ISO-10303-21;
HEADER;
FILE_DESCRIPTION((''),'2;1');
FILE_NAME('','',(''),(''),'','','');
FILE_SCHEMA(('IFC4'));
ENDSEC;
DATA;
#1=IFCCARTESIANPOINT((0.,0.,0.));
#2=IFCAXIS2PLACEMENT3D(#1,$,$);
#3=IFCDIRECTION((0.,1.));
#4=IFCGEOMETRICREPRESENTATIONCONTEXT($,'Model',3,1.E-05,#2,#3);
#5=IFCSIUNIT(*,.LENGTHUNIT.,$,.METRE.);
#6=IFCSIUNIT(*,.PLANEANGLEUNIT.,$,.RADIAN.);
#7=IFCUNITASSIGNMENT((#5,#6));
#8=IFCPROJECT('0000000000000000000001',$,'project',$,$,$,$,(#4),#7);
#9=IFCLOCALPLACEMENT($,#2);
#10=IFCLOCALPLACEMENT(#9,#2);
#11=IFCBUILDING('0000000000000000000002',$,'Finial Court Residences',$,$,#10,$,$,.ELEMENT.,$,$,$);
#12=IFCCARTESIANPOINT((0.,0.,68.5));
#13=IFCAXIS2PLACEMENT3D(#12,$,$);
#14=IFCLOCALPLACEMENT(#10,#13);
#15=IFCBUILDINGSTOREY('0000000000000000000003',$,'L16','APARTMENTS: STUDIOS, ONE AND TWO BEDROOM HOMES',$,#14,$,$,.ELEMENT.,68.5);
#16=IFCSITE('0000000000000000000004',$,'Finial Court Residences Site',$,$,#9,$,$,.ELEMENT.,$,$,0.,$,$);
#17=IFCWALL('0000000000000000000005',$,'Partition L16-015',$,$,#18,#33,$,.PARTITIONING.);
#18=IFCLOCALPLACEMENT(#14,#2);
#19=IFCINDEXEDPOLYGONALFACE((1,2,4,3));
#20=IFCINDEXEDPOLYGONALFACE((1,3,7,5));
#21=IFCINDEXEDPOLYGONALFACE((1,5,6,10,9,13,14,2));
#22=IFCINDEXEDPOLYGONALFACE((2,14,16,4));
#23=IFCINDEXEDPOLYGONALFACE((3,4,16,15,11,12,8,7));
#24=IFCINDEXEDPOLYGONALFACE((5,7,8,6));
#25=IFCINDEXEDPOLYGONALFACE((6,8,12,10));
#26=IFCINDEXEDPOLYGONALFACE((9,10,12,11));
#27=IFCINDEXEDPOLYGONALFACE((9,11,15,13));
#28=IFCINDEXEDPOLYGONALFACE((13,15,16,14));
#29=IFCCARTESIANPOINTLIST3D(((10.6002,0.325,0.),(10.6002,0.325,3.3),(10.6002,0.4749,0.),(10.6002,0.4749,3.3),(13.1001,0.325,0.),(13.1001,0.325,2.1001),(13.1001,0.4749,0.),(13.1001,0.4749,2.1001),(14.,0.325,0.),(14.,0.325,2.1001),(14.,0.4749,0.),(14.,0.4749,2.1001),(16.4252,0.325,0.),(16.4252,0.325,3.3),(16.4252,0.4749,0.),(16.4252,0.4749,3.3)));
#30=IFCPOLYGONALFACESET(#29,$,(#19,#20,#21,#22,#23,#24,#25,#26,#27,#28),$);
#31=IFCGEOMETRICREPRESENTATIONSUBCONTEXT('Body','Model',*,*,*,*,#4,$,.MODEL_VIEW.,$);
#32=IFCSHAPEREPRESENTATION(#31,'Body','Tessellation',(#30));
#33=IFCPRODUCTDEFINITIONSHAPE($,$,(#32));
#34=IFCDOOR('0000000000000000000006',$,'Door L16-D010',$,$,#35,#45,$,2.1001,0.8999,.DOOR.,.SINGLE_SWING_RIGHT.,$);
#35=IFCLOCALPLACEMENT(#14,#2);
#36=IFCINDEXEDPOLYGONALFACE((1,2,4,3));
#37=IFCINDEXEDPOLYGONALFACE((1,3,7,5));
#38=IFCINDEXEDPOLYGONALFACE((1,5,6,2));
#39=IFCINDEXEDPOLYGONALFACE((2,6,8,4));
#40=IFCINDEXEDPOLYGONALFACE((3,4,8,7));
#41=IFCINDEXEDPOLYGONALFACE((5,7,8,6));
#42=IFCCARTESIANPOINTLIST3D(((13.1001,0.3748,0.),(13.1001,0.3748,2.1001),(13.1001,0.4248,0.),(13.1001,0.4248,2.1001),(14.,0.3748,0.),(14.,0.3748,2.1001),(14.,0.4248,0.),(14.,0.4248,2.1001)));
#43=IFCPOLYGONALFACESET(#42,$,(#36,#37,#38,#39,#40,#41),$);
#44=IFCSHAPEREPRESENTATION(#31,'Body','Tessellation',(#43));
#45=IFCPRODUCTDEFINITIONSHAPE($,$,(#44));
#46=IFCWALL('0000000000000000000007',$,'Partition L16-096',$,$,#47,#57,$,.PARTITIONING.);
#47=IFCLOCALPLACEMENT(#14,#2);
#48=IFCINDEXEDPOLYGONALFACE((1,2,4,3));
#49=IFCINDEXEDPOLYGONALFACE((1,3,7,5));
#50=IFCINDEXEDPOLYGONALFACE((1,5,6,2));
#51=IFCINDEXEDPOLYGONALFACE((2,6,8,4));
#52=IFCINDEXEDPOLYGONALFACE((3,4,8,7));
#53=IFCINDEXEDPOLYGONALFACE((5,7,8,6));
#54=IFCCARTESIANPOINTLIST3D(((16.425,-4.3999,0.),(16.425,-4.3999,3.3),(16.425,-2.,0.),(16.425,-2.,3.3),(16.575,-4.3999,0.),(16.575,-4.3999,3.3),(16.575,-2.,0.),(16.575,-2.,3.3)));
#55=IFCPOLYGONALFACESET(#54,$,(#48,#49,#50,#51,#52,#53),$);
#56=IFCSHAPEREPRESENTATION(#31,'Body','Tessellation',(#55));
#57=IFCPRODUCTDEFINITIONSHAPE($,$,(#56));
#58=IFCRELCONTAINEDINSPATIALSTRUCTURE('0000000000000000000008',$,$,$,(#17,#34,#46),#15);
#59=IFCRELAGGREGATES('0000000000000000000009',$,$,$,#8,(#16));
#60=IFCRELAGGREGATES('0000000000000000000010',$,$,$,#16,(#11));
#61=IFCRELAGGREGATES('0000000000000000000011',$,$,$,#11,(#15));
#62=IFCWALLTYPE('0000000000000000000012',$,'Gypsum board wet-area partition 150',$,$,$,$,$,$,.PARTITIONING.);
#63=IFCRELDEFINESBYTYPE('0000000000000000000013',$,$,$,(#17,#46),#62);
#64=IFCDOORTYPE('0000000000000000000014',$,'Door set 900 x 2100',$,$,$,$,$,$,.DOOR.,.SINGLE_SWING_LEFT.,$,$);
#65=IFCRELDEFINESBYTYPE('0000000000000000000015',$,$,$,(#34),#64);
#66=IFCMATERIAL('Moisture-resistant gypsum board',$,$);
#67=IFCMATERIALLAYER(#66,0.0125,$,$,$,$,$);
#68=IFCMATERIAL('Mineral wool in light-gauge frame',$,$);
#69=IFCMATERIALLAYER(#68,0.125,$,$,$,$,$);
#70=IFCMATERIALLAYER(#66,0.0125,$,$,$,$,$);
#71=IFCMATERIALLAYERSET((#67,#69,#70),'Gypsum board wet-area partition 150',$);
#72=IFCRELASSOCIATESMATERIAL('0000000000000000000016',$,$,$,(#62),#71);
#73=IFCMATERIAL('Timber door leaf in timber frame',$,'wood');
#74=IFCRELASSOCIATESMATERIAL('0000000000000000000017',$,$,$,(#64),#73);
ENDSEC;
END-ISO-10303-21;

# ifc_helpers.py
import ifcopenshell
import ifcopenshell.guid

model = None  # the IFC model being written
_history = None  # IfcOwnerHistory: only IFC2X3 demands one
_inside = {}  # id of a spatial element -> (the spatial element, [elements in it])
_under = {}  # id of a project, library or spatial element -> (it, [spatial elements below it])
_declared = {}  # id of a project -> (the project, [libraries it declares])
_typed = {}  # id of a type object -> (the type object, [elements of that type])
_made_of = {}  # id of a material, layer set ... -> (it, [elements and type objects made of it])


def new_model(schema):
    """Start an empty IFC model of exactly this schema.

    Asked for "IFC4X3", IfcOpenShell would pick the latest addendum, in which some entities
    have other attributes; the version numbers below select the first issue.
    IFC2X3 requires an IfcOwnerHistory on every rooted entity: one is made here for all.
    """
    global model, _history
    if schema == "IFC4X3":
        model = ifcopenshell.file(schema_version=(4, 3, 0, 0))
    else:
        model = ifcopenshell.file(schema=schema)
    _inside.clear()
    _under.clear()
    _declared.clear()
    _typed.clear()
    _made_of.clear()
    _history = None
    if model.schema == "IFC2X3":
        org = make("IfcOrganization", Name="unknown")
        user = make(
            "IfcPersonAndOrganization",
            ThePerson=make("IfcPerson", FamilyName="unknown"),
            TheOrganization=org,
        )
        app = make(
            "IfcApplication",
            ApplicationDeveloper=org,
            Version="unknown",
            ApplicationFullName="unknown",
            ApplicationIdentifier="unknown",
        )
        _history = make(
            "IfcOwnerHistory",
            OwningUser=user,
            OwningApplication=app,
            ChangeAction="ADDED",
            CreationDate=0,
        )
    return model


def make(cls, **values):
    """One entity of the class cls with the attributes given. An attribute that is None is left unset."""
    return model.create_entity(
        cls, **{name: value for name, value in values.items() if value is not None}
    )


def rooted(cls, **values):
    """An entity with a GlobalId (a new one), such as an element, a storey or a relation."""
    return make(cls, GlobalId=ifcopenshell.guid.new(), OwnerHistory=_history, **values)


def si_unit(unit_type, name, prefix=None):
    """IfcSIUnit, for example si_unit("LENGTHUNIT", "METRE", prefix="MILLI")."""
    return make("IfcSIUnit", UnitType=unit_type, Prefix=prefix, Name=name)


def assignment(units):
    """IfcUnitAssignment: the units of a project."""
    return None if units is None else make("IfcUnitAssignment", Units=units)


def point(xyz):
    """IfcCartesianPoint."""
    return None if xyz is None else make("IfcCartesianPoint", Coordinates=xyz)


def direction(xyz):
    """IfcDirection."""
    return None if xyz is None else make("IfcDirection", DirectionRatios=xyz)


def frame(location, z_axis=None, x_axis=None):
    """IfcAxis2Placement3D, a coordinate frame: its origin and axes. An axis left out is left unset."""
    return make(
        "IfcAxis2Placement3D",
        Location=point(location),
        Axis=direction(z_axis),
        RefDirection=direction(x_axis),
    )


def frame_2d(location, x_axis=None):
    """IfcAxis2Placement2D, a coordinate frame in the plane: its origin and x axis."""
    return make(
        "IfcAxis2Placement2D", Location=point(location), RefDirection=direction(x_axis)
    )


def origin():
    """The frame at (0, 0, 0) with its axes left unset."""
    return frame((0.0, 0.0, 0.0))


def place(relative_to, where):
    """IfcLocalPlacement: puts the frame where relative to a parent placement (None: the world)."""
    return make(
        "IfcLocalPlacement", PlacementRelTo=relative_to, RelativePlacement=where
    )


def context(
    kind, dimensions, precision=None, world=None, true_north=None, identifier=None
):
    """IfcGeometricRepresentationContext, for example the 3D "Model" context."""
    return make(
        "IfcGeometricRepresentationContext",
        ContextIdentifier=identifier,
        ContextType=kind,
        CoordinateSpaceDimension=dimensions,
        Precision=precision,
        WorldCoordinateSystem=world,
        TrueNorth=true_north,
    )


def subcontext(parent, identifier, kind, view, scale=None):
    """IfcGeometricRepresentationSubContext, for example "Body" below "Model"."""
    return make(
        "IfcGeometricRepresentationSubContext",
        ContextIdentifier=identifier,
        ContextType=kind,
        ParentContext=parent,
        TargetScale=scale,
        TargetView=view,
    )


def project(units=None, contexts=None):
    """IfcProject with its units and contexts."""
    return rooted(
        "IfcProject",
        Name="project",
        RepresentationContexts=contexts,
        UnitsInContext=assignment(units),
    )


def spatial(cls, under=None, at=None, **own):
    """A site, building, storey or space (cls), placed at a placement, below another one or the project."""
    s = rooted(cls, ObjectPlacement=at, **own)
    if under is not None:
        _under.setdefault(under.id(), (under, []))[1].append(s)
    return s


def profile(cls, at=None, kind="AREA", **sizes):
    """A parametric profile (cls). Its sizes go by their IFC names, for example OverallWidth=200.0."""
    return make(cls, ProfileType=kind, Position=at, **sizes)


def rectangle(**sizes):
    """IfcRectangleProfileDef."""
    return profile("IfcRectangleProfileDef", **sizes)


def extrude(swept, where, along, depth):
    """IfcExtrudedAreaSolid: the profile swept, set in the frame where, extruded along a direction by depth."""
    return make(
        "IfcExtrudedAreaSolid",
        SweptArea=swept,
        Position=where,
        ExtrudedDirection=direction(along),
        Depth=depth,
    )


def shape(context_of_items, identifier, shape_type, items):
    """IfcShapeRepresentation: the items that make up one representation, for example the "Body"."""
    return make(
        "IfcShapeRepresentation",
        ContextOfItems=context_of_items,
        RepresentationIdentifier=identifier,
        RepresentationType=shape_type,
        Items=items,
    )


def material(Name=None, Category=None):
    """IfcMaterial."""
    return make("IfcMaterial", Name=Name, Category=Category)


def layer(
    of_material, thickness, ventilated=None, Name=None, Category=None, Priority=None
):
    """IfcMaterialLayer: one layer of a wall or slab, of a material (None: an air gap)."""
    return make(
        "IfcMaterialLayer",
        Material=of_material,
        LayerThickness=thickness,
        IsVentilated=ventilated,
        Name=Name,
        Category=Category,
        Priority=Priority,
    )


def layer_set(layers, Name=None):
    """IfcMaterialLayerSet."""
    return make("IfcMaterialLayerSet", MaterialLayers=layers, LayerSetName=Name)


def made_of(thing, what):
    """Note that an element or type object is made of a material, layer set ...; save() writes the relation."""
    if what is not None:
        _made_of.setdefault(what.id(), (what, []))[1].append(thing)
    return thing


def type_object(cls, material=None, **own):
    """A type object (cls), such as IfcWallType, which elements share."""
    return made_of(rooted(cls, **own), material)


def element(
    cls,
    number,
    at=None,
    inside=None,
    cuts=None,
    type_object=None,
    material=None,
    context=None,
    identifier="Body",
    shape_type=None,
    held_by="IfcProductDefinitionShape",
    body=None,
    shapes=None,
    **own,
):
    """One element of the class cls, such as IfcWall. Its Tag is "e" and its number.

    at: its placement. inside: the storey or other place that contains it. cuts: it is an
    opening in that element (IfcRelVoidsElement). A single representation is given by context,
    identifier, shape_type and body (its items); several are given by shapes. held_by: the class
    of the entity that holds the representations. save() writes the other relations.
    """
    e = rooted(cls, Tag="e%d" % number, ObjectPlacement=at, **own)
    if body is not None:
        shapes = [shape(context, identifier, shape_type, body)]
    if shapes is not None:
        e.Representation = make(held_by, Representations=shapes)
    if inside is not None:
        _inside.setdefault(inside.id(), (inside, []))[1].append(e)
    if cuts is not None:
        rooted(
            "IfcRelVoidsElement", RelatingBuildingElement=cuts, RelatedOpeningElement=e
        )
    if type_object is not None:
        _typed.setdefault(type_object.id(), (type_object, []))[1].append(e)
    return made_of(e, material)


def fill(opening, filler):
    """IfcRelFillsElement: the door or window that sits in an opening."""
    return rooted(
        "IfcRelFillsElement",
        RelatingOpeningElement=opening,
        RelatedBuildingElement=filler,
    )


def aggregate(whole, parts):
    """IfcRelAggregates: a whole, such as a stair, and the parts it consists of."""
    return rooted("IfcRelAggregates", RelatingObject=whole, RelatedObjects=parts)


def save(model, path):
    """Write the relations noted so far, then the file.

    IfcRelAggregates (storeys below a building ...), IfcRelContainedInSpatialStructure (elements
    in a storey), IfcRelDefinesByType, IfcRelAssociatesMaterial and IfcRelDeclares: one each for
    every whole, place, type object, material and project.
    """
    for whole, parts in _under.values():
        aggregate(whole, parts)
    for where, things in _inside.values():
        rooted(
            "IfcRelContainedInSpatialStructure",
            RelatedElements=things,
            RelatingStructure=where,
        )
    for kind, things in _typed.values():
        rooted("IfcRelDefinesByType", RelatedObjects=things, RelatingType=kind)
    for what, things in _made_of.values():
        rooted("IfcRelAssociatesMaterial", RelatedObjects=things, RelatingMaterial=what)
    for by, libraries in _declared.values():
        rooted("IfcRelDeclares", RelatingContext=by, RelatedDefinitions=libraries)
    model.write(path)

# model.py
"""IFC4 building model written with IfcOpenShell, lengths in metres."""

from ifc_helpers import new_model, si_unit, direction, frame, frame_2d, origin, place, context, subcontext, project, spatial, rectangle, extrude, material, layer, layer_set, type_object, element, fill, save


model = new_model("IFC4")

# Units and contexts
model_context = context("Model", 3, precision=1e-05, world=origin(), true_north=direction((0.0, 1.0)))
body_context = subcontext(model_context, "Body", "Model", "MODEL_VIEW")
ifc_project = project(units=[si_unit("LENGTHUNIT", "METRE"), si_unit("PLANEANGLEUNIT", "RADIAN")], contexts=[model_context])

# Site, building, storey
site_placement = place(None, origin())
site = spatial("IfcSite", under=ifc_project, at=site_placement, Name="Finial Court Residences Site", CompositionType="ELEMENT", RefElevation=0.0)
building_placement = place(site_placement, origin())
building = spatial("IfcBuilding", under=site, at=building_placement, Name="Finial Court Residences", CompositionType="ELEMENT")
storey_placement = place(building_placement, frame((0.0, 0.0, 68.5)))
storey = spatial("IfcBuildingStorey", under=building, at=storey_placement, Name="L16", Description="APARTMENTS: STUDIOS, ONE AND TWO BEDROOM HOMES", CompositionType="ELEMENT", Elevation=68.5)

# Wall, opening, door
ifc_material_1 = material(Name="Moisture-resistant gypsum board")
ifc_layer_1 = layer(ifc_material_1, 0.0125)
ifc_material_2 = material(Name="Mineral wool in light-gauge frame")
ifc_layer_2 = layer(ifc_material_2, 0.125)
ifc_layer_3 = layer(ifc_material_1, 0.0125)
ifc_layer_set_1 = layer_set([ifc_layer_1, ifc_layer_2, ifc_layer_3], Name="Gypsum board wet-area partition 150")
wall_type_1 = type_object("IfcWallType", Name="Gypsum board wet-area partition 150", PredefinedType="PARTITIONING", material=ifc_layer_set_1)
ifc_material_3 = material(Name="Timber door leaf in timber frame", Category="wood")
door_type_1 = type_object("IfcDoorType", Name="Door set 900 x 2100", OperationType="SINGLE_SWING_LEFT", PredefinedType="DOOR", material=ifc_material_3)
wall_1_placement = place(storey_placement, frame((10.6001, 0.3999, 0.0), z_axis=(0.0, 0.0, 1.0), x_axis=(1.0, 0.0, 0.0)))
wall_1 = element("IfcWall", 1, at=wall_1_placement, inside=storey, type_object=wall_type_1, Name="Partition L16-015", PredefinedType="PARTITIONING", context=body_context, shape_type="SweptSolid", body=[
    extrude(rectangle(XDim=5.825, YDim=0.1499, at=frame_2d((2.9126, 0.0))), origin(), (0.0, 0.0, 1.0), 3.3),
])
opening_1_placement = place(wall_1_placement, frame((2.5, 0.0, 0.0)))
opening_1 = element("IfcOpeningElement", 2, at=opening_1_placement, cuts=wall_1, PredefinedType="OPENING", context=body_context, shape_type="SweptSolid", body=[
    extrude(rectangle(XDim=0.8999, YDim=2.1001, at=frame_2d((0.45, 1.05))), frame((0.0, 0.085, 0.0), z_axis=(0.0, -1.0, 0.0), x_axis=(1.0, 0.0, 0.0)), (0.0, 0.0, 1.0), 0.1699),
])
door_1_placement = place(opening_1_placement, origin())
door_1 = element("IfcDoor", 3, at=door_1_placement, inside=storey, type_object=door_type_1, Name="Door L16-D010", OperationType="SINGLE_SWING_RIGHT", OverallHeight=2.1001, OverallWidth=0.8999, PredefinedType="DOOR", context=body_context, shape_type="SweptSolid", body=[
    extrude(rectangle(XDim=0.8999, YDim=2.1001, at=frame_2d((0.45, 1.05))), frame((0.0, 0.0249, 0.0), z_axis=(0.0, -1.0, 0.0), x_axis=(1.0, 0.0, 0.0)), (0.0, 0.0, 1.0), 0.05),
])
fill(opening_1, door_1)

# Wall
wall_2_placement = place(storey_placement, frame((16.5, -4.3999, 0.0), z_axis=(0.0, 0.0, 1.0), x_axis=(0.0, 1.0, 0.0)))
element("IfcWall", 4, at=wall_2_placement, inside=storey, type_object=wall_type_1, Name="Partition L16-096", PredefinedType="PARTITIONING", context=body_context, shape_type="SweptSolid", body=[
    extrude(rectangle(XDim=2.3999, YDim=0.1499, at=frame_2d((1.2, 0.0))), origin(), (0.0, 0.0, 1.0), 3.3),
])

save(model, "model.ifc")
